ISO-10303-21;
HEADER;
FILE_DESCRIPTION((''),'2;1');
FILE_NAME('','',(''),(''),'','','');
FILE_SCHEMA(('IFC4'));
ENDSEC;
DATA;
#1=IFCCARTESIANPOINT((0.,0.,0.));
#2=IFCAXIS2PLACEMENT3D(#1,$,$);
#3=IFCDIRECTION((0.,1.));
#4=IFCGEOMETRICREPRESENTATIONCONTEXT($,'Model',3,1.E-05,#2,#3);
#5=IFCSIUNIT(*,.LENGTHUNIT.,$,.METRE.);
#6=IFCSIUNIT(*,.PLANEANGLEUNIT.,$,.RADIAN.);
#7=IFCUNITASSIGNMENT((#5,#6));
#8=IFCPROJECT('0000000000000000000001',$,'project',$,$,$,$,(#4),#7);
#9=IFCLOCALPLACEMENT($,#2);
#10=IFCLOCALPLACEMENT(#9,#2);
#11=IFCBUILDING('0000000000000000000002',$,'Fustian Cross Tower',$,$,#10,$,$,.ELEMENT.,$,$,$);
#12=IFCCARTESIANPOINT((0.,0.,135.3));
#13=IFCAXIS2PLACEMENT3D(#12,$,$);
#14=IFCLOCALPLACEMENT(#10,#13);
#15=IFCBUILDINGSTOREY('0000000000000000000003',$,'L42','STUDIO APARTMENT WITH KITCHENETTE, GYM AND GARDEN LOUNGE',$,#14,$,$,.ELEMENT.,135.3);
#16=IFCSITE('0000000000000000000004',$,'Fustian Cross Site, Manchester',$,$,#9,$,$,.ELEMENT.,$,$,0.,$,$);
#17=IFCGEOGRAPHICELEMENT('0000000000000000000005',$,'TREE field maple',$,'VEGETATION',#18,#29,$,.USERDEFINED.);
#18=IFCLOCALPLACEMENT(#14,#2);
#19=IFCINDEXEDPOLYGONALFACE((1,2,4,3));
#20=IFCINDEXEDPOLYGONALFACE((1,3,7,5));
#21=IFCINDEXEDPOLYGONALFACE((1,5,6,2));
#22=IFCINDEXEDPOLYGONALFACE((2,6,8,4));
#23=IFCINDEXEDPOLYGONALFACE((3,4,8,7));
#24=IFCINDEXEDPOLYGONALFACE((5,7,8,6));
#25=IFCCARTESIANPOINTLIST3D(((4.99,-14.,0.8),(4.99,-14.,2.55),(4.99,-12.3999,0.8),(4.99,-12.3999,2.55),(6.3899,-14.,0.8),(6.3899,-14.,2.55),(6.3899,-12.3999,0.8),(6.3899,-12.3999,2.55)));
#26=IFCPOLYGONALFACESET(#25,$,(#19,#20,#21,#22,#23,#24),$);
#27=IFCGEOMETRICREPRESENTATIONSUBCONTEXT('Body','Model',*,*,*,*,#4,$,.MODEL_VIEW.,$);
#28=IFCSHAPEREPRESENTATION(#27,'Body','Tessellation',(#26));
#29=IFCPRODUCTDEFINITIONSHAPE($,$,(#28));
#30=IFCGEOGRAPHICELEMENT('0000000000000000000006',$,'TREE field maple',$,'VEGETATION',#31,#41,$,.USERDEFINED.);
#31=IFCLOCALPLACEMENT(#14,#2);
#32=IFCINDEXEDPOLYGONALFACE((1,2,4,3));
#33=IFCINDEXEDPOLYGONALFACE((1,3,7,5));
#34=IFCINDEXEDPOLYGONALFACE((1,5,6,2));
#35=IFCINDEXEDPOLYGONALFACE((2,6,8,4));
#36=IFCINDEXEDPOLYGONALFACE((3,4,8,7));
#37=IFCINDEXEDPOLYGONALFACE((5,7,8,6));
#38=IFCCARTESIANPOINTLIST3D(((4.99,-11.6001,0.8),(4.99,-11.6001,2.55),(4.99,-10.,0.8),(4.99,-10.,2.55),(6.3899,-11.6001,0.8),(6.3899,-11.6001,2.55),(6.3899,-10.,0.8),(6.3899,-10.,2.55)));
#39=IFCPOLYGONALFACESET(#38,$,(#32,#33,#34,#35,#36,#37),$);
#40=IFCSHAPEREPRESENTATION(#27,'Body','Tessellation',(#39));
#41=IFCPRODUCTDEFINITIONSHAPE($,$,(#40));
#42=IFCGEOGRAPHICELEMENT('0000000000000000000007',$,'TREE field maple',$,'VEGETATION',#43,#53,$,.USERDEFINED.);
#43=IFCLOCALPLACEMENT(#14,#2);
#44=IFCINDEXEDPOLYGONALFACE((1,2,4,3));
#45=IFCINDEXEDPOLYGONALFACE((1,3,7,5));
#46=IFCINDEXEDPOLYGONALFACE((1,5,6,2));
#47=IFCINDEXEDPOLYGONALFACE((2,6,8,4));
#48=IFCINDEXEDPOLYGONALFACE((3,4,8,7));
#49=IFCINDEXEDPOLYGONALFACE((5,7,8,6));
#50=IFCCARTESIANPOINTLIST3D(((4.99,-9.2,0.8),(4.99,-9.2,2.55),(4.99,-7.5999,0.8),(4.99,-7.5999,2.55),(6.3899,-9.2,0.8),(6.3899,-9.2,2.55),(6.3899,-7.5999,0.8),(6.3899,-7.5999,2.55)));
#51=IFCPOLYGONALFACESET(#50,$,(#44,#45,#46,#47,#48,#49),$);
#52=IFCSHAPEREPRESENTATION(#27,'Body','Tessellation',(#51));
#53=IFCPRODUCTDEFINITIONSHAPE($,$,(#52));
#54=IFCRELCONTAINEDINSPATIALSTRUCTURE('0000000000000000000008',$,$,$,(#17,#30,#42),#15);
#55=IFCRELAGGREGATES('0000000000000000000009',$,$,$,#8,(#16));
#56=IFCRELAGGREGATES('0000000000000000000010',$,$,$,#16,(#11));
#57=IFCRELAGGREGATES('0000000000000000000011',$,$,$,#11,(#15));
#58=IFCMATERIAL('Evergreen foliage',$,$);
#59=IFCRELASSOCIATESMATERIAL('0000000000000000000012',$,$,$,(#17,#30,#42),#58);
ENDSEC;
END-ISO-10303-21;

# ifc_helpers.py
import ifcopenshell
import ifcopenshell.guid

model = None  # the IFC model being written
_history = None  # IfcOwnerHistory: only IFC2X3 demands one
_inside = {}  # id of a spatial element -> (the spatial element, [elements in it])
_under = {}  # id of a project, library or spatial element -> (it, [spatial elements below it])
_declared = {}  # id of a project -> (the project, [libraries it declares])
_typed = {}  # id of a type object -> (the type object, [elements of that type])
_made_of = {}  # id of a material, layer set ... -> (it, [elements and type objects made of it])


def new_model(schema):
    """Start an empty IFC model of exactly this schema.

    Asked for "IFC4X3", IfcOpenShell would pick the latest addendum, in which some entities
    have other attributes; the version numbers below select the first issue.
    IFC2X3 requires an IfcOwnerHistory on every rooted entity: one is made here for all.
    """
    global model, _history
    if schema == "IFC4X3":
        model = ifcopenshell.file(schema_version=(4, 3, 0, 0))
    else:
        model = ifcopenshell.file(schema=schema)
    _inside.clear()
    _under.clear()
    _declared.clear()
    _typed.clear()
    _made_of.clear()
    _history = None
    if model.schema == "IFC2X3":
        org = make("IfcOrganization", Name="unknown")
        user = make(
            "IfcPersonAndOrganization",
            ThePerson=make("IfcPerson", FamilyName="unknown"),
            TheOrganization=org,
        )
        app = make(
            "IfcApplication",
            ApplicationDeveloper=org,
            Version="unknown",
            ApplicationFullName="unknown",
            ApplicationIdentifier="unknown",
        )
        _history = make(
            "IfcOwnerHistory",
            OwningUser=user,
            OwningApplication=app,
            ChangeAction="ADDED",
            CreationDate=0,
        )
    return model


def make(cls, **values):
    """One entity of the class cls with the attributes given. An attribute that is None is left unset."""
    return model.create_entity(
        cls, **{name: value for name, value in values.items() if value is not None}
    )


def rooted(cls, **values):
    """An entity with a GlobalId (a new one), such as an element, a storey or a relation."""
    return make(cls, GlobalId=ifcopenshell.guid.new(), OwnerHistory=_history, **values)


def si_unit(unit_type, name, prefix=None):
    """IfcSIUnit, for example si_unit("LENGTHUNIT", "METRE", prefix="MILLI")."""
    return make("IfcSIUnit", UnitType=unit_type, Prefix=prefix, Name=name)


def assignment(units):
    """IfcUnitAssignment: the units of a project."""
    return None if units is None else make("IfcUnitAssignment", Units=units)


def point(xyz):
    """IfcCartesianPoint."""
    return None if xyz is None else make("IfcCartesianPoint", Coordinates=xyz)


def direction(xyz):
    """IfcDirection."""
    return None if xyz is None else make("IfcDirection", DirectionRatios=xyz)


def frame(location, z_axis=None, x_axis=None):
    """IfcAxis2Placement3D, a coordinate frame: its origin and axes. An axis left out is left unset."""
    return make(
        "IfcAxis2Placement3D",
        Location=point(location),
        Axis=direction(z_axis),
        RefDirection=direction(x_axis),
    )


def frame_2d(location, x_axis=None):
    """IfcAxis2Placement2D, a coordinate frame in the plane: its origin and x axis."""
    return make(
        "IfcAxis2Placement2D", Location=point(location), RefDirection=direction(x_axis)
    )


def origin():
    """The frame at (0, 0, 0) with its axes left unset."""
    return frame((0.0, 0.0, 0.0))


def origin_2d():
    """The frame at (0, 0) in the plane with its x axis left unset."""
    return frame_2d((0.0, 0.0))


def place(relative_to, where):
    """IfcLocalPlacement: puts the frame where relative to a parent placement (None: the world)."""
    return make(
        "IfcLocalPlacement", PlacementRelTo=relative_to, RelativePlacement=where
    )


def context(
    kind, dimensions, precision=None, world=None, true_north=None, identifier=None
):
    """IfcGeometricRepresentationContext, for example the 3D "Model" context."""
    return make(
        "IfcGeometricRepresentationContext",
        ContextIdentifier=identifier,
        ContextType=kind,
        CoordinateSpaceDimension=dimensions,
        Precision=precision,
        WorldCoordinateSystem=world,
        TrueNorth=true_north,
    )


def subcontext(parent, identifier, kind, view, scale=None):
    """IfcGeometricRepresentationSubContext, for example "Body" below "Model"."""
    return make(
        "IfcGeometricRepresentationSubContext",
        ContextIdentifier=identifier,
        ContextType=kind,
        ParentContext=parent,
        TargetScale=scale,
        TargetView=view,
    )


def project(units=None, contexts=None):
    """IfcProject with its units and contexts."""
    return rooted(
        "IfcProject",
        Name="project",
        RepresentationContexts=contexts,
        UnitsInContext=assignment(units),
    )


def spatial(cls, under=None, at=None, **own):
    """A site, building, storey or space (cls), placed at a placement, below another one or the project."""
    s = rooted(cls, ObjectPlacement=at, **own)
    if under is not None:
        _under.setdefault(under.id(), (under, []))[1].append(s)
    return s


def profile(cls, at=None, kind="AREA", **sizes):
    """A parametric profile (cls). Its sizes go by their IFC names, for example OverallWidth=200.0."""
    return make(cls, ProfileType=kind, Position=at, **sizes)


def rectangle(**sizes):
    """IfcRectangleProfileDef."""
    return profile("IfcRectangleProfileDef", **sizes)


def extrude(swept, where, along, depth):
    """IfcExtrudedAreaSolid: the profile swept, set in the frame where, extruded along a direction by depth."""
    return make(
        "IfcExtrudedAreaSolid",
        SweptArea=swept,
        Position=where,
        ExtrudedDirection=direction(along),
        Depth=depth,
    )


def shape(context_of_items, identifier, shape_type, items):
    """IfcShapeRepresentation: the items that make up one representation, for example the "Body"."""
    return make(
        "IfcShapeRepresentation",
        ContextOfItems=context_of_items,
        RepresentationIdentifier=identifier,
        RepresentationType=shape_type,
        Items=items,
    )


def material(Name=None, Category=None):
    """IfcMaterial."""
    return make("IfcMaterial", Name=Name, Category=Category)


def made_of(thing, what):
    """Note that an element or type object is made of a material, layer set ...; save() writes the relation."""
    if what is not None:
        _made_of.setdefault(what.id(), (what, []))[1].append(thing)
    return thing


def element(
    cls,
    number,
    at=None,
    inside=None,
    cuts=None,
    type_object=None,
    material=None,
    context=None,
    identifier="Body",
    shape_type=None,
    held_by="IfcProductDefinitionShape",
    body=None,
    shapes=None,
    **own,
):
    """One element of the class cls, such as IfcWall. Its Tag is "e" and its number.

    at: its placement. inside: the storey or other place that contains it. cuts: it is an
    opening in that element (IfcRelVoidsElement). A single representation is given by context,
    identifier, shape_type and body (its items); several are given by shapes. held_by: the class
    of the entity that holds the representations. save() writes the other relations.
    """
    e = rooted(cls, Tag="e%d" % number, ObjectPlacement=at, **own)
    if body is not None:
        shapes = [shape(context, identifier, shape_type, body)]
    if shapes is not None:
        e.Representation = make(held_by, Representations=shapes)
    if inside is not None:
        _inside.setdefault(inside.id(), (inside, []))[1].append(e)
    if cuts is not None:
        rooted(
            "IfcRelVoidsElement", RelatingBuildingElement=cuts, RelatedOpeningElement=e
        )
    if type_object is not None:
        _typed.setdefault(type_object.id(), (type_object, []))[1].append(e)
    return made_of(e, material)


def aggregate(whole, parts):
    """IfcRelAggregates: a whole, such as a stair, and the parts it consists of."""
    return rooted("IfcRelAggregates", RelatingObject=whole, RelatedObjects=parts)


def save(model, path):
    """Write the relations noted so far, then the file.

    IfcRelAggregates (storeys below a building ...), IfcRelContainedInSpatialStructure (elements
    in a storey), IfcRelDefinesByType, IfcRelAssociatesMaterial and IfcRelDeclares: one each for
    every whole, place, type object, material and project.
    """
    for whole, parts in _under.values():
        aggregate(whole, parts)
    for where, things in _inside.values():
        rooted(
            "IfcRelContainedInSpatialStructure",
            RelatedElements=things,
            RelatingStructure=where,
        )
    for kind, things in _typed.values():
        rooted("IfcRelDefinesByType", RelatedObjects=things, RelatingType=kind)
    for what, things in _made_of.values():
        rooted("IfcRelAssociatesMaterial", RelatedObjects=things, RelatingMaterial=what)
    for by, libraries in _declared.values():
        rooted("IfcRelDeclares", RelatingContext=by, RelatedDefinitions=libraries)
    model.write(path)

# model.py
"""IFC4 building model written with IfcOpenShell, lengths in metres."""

from ifc_helpers import new_model, si_unit, direction, frame, origin, origin_2d, place, context, subcontext, project, spatial, rectangle, extrude, material, element, save


model = new_model("IFC4")

# Units and contexts
model_context = context("Model", 3, precision=1e-05, world=origin(), true_north=direction((0.0, 1.0)))
body_context = subcontext(model_context, "Body", "Model", "MODEL_VIEW")
ifc_project = project(units=[si_unit("LENGTHUNIT", "METRE"), si_unit("PLANEANGLEUNIT", "RADIAN")], contexts=[model_context])

# Site, building, storey
site_placement = place(None, origin())
site = spatial("IfcSite", under=ifc_project, at=site_placement, Name="Fustian Cross Site, Manchester", CompositionType="ELEMENT", RefElevation=0.0)
building_placement = place(site_placement, origin())
building = spatial("IfcBuilding", under=site, at=building_placement, Name="Fustian Cross Tower", CompositionType="ELEMENT")
storey_placement = place(building_placement, frame((0.0, 0.0, 135.3)))
storey = spatial("IfcBuildingStorey", under=building, at=storey_placement, Name="L42", Description="STUDIO APARTMENT WITH KITCHENETTE, GYM AND GARDEN LOUNGE", CompositionType="ELEMENT", Elevation=135.3)

# Geographic elements
ifc_material_1 = material(Name="Evergreen foliage")
for number, where, z_axis, x_axis, name in (
    (1, (5.6899, -13.2, 0.8), (0.0, 0.0, 1.0), (1.0, 0.0, 0.0), "TREE field maple"),
    (2, (5.6899, -10.8, 0.8), (0.0, 0.0, 1.0), (1.0, 0.0, 0.0), "TREE field maple"),
    (3, (5.6899, -8.3999, 0.8), (0.0, 0.0, 1.0), (1.0, 0.0, 0.0), "TREE field maple"),
):
    element("IfcGeographicElement", number, at=place(storey_placement, frame(where, z_axis=z_axis, x_axis=x_axis)), inside=storey, material=ifc_material_1, Name=name, ObjectType="VEGETATION", PredefinedType="USERDEFINED", context=body_context, shape_type="SweptSolid", body=[
        extrude(rectangle(XDim=1.3999, YDim=1.6001, at=origin_2d()), origin(), (0.0, 0.0, 1.0), 1.75),
    ])

save(model, "model.ifc")
